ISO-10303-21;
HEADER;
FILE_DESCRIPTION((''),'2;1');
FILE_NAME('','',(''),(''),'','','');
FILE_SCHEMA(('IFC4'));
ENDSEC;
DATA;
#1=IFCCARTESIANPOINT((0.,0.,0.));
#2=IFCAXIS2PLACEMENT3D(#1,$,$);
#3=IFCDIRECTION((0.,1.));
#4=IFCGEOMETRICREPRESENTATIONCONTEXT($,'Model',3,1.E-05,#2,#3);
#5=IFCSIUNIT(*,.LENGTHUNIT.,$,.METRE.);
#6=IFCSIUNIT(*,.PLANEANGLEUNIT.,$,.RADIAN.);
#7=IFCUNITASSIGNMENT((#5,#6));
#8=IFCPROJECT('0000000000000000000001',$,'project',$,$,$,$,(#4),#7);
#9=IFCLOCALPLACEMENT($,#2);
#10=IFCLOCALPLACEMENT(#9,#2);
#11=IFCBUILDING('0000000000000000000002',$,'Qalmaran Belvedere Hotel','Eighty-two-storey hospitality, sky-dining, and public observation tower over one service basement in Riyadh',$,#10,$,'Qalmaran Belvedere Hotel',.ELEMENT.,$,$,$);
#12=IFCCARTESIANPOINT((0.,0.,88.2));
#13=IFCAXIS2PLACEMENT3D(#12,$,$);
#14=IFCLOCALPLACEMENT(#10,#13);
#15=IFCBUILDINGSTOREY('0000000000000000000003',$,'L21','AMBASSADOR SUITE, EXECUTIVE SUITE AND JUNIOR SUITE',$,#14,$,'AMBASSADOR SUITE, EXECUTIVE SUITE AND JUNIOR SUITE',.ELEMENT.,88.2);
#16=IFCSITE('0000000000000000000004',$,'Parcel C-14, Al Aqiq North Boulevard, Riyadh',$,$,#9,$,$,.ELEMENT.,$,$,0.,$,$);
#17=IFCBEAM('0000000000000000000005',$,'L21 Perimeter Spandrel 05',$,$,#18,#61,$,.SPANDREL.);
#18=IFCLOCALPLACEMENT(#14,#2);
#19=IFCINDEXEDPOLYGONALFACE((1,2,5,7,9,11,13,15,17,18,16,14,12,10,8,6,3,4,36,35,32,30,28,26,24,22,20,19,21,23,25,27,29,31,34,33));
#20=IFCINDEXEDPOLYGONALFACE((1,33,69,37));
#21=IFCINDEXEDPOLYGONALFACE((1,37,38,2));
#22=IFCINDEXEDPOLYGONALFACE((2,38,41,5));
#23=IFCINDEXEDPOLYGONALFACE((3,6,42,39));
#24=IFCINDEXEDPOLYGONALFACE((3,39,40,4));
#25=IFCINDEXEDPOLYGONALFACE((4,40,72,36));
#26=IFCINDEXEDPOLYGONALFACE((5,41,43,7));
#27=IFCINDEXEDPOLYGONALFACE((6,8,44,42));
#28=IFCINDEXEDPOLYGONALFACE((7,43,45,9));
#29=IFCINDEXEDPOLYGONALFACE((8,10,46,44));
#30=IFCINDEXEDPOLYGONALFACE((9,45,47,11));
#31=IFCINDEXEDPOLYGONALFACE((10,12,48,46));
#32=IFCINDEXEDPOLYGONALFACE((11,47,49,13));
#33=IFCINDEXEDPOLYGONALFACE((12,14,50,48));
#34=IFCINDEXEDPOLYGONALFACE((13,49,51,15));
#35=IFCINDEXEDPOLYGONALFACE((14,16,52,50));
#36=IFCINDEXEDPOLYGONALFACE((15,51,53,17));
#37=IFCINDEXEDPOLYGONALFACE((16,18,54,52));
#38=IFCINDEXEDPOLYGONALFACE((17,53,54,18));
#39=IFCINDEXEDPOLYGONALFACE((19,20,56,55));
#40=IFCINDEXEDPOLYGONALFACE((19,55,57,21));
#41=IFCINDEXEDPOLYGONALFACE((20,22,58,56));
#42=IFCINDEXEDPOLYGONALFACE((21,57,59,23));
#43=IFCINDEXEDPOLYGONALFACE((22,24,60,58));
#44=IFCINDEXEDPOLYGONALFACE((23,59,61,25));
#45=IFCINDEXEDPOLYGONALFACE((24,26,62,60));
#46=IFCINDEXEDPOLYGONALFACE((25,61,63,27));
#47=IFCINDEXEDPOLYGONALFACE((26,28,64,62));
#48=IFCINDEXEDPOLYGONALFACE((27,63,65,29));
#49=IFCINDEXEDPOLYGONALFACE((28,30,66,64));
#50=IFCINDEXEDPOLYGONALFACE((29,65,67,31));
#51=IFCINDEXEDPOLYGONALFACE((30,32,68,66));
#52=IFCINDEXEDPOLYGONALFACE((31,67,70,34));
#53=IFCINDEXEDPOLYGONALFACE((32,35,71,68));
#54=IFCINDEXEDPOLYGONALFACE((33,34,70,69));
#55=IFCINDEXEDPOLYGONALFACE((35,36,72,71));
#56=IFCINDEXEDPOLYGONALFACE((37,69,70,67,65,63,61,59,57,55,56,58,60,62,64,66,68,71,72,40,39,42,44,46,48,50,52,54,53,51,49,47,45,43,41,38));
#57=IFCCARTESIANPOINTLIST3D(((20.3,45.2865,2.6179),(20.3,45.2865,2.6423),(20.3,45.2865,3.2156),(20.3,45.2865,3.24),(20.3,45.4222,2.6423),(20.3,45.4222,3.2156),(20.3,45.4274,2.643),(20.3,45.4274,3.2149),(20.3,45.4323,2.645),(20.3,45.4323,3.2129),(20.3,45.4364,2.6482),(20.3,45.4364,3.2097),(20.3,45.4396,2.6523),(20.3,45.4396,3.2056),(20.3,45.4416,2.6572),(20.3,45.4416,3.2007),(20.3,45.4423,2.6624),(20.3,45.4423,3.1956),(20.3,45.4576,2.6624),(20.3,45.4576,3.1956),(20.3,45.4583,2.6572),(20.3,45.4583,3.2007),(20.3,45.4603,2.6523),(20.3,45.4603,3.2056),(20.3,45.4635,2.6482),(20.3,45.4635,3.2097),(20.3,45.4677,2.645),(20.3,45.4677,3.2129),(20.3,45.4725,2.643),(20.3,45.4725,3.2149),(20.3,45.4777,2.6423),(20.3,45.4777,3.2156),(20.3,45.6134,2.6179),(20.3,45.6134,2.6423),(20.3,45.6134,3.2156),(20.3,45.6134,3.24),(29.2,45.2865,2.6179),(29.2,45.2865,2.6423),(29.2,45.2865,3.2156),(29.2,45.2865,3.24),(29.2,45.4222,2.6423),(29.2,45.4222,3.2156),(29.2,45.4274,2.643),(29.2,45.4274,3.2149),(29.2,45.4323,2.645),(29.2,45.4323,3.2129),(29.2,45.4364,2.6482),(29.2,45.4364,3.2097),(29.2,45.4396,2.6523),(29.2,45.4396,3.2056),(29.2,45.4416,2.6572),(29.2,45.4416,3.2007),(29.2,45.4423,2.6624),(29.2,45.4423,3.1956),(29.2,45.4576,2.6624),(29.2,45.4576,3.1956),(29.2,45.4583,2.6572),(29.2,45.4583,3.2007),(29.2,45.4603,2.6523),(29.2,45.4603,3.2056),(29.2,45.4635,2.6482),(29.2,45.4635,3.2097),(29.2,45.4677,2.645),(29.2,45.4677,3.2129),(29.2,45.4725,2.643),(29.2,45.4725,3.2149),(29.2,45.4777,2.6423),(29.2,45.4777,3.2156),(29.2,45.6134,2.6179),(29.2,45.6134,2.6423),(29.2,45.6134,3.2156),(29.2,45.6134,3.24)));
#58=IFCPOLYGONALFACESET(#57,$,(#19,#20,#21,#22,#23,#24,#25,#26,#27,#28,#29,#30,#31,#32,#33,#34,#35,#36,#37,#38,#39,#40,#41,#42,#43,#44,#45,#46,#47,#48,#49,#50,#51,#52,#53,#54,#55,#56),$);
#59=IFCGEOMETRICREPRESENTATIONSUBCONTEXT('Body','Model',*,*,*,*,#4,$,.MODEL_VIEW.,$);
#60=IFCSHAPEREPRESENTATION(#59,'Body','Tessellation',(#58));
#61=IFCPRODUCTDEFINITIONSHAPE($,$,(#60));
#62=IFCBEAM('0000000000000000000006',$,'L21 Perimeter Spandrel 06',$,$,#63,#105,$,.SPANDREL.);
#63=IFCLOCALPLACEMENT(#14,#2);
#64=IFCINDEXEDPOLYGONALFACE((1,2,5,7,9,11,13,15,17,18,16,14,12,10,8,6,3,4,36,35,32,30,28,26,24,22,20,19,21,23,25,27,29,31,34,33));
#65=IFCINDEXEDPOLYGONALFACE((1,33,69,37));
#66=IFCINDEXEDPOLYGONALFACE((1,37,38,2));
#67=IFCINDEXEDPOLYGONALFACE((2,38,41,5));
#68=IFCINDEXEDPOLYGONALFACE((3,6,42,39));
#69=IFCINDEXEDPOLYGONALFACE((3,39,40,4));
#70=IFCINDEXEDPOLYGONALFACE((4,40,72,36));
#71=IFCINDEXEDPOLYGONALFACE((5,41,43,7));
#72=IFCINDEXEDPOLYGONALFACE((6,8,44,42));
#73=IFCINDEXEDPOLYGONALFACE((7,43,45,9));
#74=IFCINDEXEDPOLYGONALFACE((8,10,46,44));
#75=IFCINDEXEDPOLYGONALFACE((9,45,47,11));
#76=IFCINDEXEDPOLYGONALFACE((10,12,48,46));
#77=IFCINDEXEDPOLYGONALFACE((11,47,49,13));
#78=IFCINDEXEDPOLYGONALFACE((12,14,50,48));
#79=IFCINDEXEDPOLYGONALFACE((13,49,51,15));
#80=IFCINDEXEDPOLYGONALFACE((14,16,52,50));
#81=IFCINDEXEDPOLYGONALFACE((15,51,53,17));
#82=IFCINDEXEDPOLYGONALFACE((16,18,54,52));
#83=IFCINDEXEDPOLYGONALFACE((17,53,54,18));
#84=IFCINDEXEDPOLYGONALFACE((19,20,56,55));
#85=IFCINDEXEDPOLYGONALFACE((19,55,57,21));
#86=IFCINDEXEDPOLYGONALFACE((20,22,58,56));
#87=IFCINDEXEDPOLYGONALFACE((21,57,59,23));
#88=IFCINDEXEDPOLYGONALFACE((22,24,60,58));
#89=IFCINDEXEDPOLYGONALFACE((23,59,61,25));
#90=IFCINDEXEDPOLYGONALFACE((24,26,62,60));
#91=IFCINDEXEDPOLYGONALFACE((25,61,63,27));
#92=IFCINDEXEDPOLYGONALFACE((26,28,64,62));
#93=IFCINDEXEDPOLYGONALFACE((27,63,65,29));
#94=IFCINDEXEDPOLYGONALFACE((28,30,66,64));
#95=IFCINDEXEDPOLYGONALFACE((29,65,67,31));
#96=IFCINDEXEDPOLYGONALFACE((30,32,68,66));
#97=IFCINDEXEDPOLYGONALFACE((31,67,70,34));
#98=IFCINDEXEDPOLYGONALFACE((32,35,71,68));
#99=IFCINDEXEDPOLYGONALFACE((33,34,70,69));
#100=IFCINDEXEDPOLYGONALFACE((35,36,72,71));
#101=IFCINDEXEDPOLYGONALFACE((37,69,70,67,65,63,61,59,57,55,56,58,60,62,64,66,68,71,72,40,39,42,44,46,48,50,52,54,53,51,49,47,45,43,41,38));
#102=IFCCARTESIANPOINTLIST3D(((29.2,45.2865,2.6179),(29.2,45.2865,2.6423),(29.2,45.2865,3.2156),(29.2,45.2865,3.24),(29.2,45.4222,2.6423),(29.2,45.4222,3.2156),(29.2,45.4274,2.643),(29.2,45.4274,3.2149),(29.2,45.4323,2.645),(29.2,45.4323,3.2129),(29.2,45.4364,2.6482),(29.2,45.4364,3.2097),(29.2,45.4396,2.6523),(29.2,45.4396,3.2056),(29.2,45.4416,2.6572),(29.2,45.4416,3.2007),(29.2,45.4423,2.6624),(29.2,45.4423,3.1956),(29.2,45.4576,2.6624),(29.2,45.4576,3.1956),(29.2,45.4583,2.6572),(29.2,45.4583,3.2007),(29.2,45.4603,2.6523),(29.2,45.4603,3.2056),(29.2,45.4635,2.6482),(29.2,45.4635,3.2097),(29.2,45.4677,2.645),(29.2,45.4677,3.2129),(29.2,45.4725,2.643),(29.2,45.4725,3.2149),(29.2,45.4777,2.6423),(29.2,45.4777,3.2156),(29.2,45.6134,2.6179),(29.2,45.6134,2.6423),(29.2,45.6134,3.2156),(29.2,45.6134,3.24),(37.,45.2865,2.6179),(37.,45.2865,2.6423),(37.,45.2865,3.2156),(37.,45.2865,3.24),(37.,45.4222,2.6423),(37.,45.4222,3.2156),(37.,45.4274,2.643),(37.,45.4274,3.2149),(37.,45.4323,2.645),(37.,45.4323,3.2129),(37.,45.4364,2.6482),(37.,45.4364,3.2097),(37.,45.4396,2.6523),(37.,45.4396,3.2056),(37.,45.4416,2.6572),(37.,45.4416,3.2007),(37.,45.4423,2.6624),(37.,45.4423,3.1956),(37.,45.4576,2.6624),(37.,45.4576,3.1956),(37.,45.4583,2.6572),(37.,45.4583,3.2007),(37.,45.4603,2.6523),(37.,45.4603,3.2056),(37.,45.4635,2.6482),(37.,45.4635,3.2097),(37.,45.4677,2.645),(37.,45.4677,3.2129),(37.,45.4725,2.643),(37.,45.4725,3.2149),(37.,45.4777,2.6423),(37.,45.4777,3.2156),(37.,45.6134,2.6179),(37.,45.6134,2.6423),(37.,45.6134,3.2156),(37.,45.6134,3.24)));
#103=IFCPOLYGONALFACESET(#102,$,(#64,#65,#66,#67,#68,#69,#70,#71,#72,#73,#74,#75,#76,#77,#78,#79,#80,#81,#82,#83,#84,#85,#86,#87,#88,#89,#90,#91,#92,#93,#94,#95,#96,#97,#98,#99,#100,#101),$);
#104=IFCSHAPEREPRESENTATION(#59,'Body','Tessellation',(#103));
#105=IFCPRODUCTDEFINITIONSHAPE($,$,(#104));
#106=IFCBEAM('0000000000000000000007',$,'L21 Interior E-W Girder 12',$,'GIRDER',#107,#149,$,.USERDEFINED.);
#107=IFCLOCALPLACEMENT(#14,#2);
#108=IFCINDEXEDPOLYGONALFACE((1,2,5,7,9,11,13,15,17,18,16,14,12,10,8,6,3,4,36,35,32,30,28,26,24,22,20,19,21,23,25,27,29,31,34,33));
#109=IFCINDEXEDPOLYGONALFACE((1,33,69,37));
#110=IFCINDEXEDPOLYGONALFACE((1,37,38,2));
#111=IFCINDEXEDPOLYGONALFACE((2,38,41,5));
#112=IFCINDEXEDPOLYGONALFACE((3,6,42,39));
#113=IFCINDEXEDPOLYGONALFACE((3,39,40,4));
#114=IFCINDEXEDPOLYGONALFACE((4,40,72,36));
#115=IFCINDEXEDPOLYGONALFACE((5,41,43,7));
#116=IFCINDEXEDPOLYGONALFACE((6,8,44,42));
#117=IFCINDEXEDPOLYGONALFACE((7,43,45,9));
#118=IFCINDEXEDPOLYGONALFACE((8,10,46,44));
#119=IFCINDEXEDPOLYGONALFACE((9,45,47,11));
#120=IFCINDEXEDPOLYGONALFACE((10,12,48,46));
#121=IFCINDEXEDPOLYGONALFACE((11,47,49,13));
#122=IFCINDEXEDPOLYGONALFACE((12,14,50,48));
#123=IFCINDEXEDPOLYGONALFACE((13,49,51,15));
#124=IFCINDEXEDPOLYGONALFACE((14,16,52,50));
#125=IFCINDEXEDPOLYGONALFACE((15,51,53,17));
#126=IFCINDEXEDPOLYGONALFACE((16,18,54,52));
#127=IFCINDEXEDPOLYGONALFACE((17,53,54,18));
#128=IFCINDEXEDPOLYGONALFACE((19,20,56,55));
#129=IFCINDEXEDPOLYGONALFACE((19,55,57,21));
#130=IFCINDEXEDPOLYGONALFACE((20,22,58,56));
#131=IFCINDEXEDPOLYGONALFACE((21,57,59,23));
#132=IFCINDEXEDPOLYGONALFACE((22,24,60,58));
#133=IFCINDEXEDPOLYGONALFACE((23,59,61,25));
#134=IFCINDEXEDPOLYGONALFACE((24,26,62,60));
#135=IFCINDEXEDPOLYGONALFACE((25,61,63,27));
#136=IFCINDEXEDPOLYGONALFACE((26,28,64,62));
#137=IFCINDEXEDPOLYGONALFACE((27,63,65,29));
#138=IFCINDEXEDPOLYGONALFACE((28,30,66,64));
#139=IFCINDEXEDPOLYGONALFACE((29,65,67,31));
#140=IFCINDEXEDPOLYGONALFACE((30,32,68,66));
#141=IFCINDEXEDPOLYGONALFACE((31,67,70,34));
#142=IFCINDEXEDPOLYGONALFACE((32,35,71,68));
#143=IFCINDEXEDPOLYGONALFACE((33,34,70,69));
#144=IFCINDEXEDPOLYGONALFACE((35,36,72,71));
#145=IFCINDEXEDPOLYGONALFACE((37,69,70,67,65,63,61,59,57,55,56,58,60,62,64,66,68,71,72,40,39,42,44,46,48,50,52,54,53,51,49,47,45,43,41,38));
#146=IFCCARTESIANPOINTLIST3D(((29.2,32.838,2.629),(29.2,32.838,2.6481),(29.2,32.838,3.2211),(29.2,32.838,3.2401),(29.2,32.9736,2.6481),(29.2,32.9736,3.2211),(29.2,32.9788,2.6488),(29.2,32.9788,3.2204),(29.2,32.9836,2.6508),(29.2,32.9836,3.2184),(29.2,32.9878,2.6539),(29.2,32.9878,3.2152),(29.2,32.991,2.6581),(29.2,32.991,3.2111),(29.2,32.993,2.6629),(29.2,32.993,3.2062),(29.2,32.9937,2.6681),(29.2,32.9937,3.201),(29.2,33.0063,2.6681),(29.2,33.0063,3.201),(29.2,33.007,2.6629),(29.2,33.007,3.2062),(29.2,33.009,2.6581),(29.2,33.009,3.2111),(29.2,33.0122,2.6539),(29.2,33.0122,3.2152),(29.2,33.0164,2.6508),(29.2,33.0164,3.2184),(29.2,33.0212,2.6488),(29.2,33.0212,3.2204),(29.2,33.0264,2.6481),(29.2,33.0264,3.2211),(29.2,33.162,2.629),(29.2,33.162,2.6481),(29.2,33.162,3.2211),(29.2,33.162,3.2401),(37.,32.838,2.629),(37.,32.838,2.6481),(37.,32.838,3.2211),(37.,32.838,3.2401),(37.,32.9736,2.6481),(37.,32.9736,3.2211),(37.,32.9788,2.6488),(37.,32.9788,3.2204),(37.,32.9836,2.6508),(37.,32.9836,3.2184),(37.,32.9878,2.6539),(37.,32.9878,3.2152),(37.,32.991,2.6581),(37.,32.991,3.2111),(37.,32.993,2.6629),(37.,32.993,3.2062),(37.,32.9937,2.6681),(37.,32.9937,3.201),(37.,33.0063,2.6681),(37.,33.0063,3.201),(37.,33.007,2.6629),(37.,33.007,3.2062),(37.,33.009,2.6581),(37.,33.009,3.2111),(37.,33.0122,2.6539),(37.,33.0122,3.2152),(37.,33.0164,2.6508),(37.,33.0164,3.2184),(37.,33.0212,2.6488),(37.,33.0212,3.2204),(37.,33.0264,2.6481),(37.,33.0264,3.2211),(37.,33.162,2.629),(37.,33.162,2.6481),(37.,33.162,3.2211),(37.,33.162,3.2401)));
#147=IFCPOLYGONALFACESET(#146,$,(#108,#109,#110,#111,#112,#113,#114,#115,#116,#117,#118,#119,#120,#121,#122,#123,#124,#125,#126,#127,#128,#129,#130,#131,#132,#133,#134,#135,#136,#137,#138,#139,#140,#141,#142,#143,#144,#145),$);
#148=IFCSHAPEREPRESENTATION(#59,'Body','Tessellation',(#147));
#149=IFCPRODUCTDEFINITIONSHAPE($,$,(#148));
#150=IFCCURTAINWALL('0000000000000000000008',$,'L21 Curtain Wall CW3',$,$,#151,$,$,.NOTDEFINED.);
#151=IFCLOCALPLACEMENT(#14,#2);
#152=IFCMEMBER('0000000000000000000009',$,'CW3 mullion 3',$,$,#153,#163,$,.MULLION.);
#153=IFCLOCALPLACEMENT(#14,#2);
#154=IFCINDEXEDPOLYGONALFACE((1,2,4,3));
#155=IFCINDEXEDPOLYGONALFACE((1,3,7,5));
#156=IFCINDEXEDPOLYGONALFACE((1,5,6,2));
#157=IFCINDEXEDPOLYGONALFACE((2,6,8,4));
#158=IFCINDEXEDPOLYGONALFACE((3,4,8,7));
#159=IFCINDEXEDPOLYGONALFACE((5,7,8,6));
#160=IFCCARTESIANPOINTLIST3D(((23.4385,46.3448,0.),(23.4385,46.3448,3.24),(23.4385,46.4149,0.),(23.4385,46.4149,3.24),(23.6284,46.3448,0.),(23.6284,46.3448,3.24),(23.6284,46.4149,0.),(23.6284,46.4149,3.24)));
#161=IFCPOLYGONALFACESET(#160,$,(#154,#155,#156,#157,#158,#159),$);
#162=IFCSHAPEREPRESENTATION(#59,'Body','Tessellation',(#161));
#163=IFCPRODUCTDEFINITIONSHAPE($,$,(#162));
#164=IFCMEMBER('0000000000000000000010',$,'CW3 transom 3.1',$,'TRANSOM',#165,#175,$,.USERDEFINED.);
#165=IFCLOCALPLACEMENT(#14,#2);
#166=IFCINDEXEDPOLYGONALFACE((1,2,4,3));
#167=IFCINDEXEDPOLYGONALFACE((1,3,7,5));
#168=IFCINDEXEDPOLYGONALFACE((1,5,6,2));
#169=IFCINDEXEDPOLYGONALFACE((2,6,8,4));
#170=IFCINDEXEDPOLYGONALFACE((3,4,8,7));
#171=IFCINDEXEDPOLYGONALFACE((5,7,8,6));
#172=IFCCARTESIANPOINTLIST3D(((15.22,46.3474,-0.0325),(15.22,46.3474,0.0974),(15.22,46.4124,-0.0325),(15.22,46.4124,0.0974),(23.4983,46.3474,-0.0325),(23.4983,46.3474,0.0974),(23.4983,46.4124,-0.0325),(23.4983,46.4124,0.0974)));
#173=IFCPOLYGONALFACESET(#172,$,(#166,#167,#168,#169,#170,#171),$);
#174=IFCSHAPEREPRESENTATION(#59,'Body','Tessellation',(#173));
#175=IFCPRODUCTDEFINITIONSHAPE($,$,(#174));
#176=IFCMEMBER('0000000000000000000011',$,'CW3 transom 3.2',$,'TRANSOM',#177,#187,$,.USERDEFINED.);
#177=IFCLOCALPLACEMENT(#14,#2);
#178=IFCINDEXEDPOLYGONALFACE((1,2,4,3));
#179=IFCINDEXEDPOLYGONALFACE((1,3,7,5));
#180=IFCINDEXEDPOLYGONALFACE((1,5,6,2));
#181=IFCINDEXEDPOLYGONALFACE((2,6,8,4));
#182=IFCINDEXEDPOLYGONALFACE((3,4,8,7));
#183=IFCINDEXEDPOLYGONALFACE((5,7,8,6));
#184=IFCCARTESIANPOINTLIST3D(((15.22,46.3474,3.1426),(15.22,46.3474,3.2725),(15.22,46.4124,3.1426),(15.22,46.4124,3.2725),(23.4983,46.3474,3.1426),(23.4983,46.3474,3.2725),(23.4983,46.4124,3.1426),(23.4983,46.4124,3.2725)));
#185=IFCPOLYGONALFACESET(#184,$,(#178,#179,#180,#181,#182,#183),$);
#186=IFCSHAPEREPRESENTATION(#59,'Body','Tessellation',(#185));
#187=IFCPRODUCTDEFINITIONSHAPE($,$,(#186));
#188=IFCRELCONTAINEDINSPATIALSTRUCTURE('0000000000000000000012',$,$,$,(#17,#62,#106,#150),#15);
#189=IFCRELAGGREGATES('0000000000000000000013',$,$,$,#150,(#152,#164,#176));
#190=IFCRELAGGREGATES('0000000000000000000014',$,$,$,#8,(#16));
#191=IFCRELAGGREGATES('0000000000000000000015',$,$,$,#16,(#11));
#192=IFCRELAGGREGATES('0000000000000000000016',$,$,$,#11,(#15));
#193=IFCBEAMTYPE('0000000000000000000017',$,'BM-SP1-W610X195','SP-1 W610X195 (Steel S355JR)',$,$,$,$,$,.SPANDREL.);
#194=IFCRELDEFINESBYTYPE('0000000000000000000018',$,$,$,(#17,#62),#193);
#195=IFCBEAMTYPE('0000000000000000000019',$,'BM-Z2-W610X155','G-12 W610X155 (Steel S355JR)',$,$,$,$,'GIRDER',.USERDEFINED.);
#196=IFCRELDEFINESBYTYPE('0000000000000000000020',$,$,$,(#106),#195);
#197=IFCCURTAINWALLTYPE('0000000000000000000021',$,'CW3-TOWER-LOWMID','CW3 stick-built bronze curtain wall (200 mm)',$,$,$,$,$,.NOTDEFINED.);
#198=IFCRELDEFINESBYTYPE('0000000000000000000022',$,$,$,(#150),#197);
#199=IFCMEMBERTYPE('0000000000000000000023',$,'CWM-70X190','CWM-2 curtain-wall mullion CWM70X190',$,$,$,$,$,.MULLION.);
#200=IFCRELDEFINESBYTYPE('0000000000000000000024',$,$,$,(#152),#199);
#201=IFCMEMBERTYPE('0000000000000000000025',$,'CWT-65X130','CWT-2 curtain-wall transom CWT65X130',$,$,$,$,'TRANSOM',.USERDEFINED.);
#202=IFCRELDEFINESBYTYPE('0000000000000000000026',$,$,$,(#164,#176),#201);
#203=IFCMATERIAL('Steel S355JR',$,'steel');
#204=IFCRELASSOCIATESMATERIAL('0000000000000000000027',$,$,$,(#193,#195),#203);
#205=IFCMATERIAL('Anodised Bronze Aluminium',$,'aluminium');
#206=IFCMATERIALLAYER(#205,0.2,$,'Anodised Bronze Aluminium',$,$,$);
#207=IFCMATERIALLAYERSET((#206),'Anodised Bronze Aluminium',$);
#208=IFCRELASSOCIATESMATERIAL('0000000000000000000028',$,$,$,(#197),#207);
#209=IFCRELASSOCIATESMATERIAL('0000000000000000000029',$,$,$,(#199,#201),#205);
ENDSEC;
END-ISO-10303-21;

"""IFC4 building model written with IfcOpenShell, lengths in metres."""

from ifc_helpers import new_model, si_unit, direction, frame, origin, origin_2d, place, context, subcontext, project, spatial, rectangle, i_section, extrude, material, layer, layer_set, material_profile, profile_set, type_object, element, aggregate, save


model = new_model("IFC4")

# Units and contexts
model_context = context("Model", 3, precision=1e-05, world=origin(), true_north=direction((0.0, 1.0)))
body_context = subcontext(model_context, "Body", "Model", "MODEL_VIEW")
ifc_project = project(units=[si_unit("LENGTHUNIT", "METRE"), si_unit("PLANEANGLEUNIT", "RADIAN")], contexts=[model_context])

# Site, building, storey
site_placement = place(None, origin())
site = spatial("IfcSite", under=ifc_project, at=site_placement, Name="Parcel C-14, Al Aqiq North Boulevard, Riyadh", CompositionType="ELEMENT", RefElevation=0.0)
building_placement = place(site_placement, origin())
building = spatial("IfcBuilding", under=site, at=building_placement, Name="Qalmaran Belvedere Hotel", Description="Eighty-two-storey hospitality, sky-dining, and public observation tower over one service basement in Riyadh", LongName="Qalmaran Belvedere Hotel", CompositionType="ELEMENT")
storey_placement = place(building_placement, frame((0.0, 0.0, 88.2)))
storey = spatial("IfcBuildingStorey", under=building, at=storey_placement, Name="L21", Description="AMBASSADOR SUITE, EXECUTIVE SUITE AND JUNIOR SUITE", LongName="AMBASSADOR SUITE, EXECUTIVE SUITE AND JUNIOR SUITE", CompositionType="ELEMENT", Elevation=88.2)

# Beams
ifc_material_1 = material(Name="Steel S355JR", Category="steel")
ifc_material_profile_1 = material_profile(ifc_material_1, i_section(OverallWidth=0.3269, OverallDepth=0.6221, WebThickness=0.0154, FlangeThickness=0.0244, FilletRadius=0.02, at=origin_2d()), Name="W610X195")
ifc_profile_set_1 = profile_set([ifc_material_profile_1], Name="Steel S355JR")
beam_type_1 = type_object("IfcBeamType", Name="BM-SP1-W610X195", Description="SP-1 W610X195 (Steel S355JR)", PredefinedType="SPANDREL", material=ifc_profile_set_1)
beam_1_placement = place(storey_placement, frame((20.3, 45.45, 2.929), z_axis=(1.0, 0.0, 0.0), x_axis=(0.0, 1.0, 0.0)))
element("IfcBeam", 1, at=beam_1_placement, inside=storey, type_object=beam_type_1, Name="L21 Perimeter Spandrel 05", PredefinedType="SPANDREL", context=body_context, shape_type="SweptSolid", body=[
    extrude(i_section(OverallWidth=0.3269, OverallDepth=0.6221, WebThickness=0.0154, FlangeThickness=0.0244, FilletRadius=0.02, at=origin_2d()), origin(), (0.0, 0.0, 1.0), 8.8999),
])
beam_2_placement = place(storey_placement, frame((29.2, 45.45, 2.929), z_axis=(1.0, 0.0, 0.0), x_axis=(0.0, 1.0, 0.0)))
element("IfcBeam", 2, at=beam_2_placement, inside=storey, type_object=beam_type_1, Name="L21 Perimeter Spandrel 06", PredefinedType="SPANDREL", context=body_context, shape_type="SweptSolid", body=[
    extrude(i_section(OverallWidth=0.3269, OverallDepth=0.6221, WebThickness=0.0154, FlangeThickness=0.0244, FilletRadius=0.02, at=origin_2d()), origin(), (0.0, 0.0, 1.0), 7.8),
])
ifc_material_profile_2 = material_profile(ifc_material_1, i_section(OverallWidth=0.324, OverallDepth=0.6111, WebThickness=0.0127, FlangeThickness=0.019, FilletRadius=0.02, at=origin_2d()), Name="W610X155")
ifc_profile_set_2 = profile_set([ifc_material_profile_2], Name="Steel S355JR")
beam_type_2 = type_object("IfcBeamType", Name="BM-Z2-W610X155", Description="G-12 W610X155 (Steel S355JR)", ElementType="GIRDER", PredefinedType="USERDEFINED", material=ifc_profile_set_2)
beam_3_placement = place(storey_placement, frame((29.2, 33.0, 2.9346), z_axis=(1.0, 0.0, 0.0), x_axis=(0.0, 1.0, 0.0)))
element("IfcBeam", 3, at=beam_3_placement, inside=storey, type_object=beam_type_2, Name="L21 Interior E-W Girder 12", ObjectType="GIRDER", PredefinedType="USERDEFINED", context=body_context, shape_type="SweptSolid", body=[
    extrude(i_section(OverallWidth=0.324, OverallDepth=0.6111, WebThickness=0.0127, FlangeThickness=0.019, FilletRadius=0.02, at=origin_2d()), origin(), (0.0, 0.0, 1.0), 7.8),
])

# Curtain wall, members
ifc_material_2 = material(Name="Anodised Bronze Aluminium", Category="aluminium")
ifc_layer_1 = layer(ifc_material_2, 0.2, Name="Anodised Bronze Aluminium")
ifc_layer_set_1 = layer_set([ifc_layer_1], Name="Anodised Bronze Aluminium")
curtain_wall_type = type_object("IfcCurtainWallType", Name="CW3-TOWER-LOWMID", Description="CW3 stick-built bronze curtain wall (200 mm)", PredefinedType="NOTDEFINED", material=ifc_layer_set_1)
curtain_wall_placement = place(storey_placement, origin())
curtain_wall = element("IfcCurtainWall", 4, at=curtain_wall_placement, inside=storey, type_object=curtain_wall_type, Name="L21 Curtain Wall CW3", PredefinedType="NOTDEFINED")
ifc_material_profile_3 = material_profile(ifc_material_2, rectangle(XDim=0.0701, YDim=0.1899, at=origin_2d()), Name="CWM70X190")
ifc_profile_set_3 = profile_set([ifc_material_profile_3], Name="Anodised Bronze Aluminium")
member_type_1 = type_object("IfcMemberType", Name="CWM-70X190", Description="CWM-2 curtain-wall mullion CWM70X190", PredefinedType="MULLION", material=ifc_profile_set_3)
member_1_placement = place(storey_placement, frame((23.5334, 46.3799, 0.0), z_axis=(0.0, 0.0, 1.0), x_axis=(0.0, -1.0, 0.0)))
member_1 = element("IfcMember", 5, at=member_1_placement, type_object=member_type_1, Name="CW3 mullion 3", PredefinedType="MULLION", context=body_context, shape_type="SweptSolid", body=[
    extrude(rectangle(XDim=0.0701, YDim=0.1899, at=origin_2d()), origin(), (0.0, 0.0, 1.0), 3.24),
])
ifc_material_profile_4 = material_profile(ifc_material_2, rectangle(XDim=0.0649, YDim=0.1299, at=origin_2d()), Name="CWT65X130")
ifc_profile_set_4 = profile_set([ifc_material_profile_4], Name="Anodised Bronze Aluminium")
member_type_2 = type_object("IfcMemberType", Name="CWT-65X130", Description="CWT-2 curtain-wall transom CWT65X130", ElementType="TRANSOM", PredefinedType="USERDEFINED", material=ifc_profile_set_4)
member_2_placement = place(storey_placement, frame((23.4983, 46.3799, 0.0325), z_axis=(-1.0, 0.0, 0.0), x_axis=(0.0, -1.0, 0.0)))
member_2 = element("IfcMember", 6, at=member_2_placement, type_object=member_type_2, Name="CW3 transom 3.1", ObjectType="TRANSOM", PredefinedType="USERDEFINED", context=body_context, shape_type="SweptSolid", body=[
    extrude(rectangle(XDim=0.0649, YDim=0.1299, at=origin_2d()), origin(), (0.0, 0.0, 1.0), 8.2783),
])
member_3_placement = place(storey_placement, frame((23.4983, 46.3799, 3.2075), z_axis=(-1.0, 0.0, 0.0), x_axis=(0.0, -1.0, 0.0)))
member_3 = element("IfcMember", 7, at=member_3_placement, type_object=member_type_2, Name="CW3 transom 3.2", ObjectType="TRANSOM", PredefinedType="USERDEFINED", context=body_context, shape_type="SweptSolid", body=[
    extrude(rectangle(XDim=0.0649, YDim=0.1299, at=origin_2d()), origin(), (0.0, 0.0, 1.0), 8.2783),
])
aggregate(curtain_wall, [member_1, member_2, member_3])

save(model, "model.ifc")
